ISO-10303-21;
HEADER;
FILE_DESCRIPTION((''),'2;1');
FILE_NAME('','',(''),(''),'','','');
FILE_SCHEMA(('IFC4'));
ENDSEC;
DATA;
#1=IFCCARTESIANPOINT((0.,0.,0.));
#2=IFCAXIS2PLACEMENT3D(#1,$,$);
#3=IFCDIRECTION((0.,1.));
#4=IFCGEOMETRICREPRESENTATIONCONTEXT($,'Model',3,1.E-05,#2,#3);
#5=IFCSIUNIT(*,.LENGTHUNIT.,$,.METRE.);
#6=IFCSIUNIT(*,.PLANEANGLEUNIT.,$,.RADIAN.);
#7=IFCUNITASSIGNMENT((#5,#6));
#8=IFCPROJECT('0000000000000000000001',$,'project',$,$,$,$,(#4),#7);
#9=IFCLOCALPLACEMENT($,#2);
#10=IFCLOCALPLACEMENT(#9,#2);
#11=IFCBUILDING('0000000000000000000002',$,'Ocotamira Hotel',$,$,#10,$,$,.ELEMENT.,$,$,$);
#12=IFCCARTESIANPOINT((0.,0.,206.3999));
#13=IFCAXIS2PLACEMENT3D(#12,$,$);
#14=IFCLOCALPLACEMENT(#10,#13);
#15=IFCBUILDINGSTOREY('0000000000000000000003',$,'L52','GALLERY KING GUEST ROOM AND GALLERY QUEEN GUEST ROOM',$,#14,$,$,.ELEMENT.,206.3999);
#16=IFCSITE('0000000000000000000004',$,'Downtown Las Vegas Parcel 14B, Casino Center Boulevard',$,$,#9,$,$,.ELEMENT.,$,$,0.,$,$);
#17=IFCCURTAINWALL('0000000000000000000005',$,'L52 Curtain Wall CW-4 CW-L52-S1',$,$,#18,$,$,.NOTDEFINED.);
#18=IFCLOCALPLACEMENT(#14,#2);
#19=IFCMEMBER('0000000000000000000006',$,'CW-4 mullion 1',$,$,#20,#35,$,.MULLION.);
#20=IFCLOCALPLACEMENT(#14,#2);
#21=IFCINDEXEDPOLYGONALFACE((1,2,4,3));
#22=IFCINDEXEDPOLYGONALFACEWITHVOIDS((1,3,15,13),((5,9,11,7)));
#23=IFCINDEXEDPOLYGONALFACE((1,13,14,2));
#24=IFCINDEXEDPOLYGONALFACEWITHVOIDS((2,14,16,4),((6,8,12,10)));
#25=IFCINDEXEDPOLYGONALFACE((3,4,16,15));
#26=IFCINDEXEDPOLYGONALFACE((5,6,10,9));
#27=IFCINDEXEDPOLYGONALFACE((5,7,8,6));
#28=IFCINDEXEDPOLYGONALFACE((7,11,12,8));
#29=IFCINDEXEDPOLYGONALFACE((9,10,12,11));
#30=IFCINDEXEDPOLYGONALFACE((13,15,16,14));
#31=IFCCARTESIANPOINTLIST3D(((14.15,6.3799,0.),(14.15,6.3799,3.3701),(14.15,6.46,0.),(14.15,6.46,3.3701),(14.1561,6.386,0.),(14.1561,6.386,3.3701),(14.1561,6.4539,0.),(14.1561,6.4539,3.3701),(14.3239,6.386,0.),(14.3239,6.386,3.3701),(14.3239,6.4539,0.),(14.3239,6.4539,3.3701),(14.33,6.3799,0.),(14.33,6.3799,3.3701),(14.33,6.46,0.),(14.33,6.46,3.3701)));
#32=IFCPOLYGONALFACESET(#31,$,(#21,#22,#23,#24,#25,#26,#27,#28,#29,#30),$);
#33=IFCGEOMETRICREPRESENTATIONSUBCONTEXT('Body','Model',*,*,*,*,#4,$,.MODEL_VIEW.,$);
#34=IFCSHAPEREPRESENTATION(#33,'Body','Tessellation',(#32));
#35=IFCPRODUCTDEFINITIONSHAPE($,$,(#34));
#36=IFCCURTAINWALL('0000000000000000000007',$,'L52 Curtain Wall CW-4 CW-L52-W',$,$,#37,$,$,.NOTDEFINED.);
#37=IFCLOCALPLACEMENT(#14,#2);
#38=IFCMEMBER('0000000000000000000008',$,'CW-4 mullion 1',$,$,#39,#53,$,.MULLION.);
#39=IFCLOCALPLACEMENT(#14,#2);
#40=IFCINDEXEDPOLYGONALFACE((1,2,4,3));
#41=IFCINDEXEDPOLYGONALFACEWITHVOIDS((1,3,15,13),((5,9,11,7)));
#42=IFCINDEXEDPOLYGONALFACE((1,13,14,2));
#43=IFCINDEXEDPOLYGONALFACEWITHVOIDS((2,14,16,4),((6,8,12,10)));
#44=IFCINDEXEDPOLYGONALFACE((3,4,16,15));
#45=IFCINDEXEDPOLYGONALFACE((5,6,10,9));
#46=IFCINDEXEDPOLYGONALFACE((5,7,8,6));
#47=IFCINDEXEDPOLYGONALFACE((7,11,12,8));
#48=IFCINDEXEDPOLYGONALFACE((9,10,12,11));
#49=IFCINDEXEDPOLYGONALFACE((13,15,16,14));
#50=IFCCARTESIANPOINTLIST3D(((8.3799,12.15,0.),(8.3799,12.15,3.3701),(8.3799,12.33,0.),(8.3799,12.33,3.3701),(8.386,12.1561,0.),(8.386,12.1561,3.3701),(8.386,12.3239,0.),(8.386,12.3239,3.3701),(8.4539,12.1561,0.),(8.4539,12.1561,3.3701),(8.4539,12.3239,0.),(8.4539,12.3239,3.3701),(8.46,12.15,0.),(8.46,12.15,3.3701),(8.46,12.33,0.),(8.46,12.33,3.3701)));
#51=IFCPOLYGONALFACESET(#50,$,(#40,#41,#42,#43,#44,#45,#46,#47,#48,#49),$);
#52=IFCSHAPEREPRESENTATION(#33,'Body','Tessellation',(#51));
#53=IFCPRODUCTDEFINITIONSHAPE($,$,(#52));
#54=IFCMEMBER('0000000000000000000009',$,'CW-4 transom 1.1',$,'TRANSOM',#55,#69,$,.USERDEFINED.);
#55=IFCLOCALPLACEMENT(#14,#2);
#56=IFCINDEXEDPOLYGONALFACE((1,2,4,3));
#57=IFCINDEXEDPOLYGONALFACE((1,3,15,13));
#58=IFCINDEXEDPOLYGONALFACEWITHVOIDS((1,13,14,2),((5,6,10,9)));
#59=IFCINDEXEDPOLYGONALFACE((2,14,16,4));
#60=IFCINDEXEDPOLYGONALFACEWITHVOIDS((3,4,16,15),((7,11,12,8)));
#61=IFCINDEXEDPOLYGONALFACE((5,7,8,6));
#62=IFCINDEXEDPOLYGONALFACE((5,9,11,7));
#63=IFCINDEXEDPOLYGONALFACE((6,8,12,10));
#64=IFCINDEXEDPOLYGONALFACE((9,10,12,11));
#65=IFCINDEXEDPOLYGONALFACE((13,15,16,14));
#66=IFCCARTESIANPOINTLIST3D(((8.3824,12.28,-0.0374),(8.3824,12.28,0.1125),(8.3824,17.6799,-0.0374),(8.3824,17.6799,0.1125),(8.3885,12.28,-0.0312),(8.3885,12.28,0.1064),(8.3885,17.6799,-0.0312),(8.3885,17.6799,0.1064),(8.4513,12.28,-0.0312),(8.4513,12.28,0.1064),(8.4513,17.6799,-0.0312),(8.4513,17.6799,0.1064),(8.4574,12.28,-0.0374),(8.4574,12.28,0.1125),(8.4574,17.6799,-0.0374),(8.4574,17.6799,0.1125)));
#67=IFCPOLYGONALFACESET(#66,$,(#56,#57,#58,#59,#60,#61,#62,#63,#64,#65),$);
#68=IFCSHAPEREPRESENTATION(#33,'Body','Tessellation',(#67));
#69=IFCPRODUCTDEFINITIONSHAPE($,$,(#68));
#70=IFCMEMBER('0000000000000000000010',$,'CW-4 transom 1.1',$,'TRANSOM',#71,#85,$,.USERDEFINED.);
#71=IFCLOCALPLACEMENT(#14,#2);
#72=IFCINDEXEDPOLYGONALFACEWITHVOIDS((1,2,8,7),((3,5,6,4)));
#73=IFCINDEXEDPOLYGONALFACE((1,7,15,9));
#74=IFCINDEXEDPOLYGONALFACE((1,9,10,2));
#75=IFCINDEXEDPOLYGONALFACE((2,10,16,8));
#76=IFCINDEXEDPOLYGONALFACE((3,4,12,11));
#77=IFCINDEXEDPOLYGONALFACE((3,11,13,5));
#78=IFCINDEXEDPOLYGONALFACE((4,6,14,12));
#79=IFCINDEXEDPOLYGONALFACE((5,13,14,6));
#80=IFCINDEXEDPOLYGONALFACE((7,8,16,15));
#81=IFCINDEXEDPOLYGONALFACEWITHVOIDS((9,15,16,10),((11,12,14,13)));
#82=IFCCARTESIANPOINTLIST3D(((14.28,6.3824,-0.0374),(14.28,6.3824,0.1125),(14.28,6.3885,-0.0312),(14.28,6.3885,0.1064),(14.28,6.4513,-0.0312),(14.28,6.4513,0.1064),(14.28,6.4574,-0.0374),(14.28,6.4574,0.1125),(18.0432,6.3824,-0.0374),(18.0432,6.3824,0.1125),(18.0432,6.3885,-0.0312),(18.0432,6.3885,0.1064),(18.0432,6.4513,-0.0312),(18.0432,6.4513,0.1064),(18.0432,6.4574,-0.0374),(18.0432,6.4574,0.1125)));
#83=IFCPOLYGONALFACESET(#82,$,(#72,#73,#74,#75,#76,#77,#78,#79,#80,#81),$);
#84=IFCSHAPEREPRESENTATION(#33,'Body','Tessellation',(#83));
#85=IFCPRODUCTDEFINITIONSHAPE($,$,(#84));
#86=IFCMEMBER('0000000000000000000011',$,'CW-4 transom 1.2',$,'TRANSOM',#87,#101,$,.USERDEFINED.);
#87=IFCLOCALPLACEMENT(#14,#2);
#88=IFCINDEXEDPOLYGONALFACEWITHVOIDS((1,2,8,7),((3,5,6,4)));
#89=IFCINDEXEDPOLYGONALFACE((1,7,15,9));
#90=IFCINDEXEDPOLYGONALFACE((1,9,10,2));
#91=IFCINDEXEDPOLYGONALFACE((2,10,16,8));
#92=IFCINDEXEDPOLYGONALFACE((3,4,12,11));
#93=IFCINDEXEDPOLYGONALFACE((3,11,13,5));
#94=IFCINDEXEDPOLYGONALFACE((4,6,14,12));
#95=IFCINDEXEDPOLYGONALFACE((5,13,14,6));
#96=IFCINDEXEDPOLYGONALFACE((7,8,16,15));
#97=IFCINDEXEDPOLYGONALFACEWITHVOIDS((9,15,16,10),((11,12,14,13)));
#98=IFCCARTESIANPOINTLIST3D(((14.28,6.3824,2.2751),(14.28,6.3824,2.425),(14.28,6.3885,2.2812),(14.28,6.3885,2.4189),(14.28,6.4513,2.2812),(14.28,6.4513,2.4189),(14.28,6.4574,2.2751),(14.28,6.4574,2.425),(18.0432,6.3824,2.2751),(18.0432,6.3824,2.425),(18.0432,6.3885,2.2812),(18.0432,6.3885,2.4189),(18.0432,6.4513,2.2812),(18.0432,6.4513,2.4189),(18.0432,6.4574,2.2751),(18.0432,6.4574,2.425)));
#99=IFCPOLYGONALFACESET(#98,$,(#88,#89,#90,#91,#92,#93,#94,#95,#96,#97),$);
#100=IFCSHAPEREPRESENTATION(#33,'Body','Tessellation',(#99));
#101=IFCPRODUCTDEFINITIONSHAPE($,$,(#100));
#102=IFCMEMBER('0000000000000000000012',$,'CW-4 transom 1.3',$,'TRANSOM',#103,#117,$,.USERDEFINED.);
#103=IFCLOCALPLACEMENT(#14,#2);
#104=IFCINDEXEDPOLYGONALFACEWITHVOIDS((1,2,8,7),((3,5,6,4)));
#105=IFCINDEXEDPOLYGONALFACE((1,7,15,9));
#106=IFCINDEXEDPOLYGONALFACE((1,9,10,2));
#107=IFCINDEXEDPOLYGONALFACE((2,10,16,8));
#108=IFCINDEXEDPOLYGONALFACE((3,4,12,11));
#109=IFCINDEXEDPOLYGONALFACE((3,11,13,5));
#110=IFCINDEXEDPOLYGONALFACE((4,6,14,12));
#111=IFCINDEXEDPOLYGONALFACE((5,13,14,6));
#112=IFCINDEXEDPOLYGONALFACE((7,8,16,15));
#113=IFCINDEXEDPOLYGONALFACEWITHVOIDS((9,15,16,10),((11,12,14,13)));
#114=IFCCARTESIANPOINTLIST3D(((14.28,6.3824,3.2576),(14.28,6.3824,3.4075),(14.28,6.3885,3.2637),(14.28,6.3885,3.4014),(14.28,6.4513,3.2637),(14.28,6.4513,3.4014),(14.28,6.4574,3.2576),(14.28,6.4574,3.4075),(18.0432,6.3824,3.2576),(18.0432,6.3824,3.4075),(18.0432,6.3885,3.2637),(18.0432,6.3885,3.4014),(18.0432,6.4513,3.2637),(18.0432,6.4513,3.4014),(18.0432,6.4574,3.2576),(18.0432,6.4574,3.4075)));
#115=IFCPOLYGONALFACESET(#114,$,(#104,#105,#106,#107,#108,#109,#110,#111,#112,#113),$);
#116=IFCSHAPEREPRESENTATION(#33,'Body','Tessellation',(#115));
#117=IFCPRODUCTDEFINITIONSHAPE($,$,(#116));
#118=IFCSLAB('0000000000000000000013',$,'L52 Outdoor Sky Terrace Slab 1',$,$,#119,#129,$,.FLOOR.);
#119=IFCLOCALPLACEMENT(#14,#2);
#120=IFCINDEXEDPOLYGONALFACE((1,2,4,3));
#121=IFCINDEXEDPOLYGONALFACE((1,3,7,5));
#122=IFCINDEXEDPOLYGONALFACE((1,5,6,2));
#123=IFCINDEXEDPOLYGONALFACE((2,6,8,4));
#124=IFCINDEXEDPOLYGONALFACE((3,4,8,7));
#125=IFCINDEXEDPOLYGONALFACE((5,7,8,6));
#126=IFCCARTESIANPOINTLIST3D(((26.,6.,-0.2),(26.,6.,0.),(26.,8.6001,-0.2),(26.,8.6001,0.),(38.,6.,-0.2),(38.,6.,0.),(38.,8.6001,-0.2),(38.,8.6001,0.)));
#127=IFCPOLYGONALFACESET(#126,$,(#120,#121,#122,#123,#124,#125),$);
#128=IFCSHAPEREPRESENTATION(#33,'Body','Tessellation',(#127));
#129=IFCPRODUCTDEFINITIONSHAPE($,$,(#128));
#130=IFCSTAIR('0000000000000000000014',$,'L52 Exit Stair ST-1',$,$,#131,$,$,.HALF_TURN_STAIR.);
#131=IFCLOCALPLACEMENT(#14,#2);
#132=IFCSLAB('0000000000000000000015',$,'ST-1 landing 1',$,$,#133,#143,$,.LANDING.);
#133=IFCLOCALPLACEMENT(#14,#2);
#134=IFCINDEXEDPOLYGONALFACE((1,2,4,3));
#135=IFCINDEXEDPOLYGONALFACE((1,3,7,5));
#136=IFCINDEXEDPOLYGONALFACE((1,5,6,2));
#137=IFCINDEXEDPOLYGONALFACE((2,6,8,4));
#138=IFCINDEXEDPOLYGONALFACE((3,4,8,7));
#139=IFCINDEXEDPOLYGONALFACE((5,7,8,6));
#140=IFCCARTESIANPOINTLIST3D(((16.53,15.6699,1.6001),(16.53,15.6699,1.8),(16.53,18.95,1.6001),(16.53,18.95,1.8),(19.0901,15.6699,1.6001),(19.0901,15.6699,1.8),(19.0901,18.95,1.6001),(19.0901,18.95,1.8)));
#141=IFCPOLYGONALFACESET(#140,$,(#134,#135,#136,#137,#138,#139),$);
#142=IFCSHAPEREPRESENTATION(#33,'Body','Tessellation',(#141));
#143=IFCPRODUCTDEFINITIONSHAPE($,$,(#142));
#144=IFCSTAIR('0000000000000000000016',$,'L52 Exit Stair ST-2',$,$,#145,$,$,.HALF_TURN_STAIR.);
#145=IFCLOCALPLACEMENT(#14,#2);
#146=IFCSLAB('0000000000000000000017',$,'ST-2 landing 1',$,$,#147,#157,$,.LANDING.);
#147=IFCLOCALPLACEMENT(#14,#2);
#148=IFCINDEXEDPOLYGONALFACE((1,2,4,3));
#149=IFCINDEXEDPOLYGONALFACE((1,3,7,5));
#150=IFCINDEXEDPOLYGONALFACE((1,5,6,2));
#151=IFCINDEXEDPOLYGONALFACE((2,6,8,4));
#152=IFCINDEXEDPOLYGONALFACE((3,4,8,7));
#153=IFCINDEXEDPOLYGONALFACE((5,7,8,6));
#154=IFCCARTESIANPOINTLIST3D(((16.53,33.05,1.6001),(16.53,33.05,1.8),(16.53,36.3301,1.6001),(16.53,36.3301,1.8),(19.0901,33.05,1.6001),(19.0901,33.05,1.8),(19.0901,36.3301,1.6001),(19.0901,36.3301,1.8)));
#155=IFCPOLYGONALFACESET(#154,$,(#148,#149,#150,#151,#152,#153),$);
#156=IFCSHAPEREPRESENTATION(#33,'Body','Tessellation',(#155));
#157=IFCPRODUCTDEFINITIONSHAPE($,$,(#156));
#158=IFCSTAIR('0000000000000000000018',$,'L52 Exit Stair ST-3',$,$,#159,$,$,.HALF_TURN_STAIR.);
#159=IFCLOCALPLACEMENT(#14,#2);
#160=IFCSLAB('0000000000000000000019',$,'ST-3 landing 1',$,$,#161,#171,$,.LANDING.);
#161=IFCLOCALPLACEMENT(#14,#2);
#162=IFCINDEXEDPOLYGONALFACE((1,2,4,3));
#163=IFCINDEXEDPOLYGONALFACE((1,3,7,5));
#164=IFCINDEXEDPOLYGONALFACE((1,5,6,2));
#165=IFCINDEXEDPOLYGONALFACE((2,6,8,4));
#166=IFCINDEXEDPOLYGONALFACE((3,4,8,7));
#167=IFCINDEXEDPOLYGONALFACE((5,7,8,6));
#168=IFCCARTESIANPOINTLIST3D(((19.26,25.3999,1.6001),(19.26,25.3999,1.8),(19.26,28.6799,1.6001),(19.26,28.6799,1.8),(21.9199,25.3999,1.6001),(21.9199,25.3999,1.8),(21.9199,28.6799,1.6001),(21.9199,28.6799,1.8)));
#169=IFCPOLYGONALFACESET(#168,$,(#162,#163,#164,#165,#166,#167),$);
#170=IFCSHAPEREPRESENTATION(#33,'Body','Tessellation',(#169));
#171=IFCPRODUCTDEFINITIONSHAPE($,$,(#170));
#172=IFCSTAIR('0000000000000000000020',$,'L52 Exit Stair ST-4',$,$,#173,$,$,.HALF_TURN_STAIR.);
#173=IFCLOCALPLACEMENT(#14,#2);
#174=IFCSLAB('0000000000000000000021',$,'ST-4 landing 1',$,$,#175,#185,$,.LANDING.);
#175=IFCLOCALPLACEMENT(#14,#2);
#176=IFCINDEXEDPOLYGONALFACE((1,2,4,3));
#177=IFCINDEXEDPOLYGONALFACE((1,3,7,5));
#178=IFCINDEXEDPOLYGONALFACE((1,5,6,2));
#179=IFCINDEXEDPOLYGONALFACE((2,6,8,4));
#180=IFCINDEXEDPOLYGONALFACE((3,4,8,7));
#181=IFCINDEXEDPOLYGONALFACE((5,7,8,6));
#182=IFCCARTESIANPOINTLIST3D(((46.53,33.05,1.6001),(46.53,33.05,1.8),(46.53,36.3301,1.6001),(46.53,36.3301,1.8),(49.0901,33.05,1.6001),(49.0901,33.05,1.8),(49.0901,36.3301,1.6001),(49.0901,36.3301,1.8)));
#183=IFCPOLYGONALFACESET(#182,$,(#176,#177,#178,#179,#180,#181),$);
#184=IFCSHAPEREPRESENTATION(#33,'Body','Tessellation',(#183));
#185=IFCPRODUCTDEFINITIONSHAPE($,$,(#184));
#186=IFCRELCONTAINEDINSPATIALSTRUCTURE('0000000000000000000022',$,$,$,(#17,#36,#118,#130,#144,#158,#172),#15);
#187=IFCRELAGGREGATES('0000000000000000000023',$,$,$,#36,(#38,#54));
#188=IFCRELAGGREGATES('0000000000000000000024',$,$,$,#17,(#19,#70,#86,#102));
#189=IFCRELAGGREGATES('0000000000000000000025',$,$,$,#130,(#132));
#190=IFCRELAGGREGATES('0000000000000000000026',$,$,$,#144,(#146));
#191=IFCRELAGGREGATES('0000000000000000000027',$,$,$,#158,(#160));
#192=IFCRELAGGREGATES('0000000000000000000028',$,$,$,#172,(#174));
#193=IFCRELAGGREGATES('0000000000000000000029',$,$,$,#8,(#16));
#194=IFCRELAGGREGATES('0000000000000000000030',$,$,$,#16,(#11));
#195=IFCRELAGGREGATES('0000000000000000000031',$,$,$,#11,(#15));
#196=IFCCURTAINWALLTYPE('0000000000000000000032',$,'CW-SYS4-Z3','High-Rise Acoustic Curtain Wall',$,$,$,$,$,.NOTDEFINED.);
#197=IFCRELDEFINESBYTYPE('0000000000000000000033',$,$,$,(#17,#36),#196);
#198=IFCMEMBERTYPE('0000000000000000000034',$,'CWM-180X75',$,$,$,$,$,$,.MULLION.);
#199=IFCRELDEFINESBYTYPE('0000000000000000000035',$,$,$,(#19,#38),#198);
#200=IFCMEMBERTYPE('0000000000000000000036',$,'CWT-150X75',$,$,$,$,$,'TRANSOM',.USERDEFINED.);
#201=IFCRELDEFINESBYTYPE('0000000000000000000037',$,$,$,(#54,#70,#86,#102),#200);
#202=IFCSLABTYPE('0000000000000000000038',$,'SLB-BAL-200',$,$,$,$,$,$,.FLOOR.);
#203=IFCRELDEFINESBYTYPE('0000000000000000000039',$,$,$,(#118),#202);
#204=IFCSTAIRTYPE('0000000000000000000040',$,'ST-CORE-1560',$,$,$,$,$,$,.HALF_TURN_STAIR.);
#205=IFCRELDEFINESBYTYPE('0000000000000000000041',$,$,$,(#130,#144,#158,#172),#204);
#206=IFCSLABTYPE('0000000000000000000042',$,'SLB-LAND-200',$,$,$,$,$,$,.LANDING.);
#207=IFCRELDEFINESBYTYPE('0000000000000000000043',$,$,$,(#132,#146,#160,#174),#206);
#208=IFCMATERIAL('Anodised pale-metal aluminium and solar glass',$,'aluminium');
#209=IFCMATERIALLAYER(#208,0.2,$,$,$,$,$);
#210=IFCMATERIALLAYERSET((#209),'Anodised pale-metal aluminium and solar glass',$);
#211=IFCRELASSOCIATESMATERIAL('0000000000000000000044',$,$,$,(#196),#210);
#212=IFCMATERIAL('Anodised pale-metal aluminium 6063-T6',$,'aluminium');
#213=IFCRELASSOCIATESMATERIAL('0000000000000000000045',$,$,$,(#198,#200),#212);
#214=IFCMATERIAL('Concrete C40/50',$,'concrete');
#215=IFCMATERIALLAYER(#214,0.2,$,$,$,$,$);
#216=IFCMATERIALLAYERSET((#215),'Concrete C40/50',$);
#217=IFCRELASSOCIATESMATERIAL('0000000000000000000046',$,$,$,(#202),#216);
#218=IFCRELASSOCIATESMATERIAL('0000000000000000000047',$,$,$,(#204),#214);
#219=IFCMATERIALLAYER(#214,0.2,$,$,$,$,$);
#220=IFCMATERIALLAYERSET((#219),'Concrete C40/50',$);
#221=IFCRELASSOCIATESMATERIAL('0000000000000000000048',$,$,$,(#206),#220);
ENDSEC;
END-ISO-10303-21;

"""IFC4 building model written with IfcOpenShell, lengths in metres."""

from ifc_helpers import new_model, si_unit, direction, frame, origin, origin_2d, place, context, subcontext, project, spatial, polyline, hollow_rectangle, outline, extrude, source, transform, mapped, material, layer, layer_set, material_profile, profile_set, type_object, element, aggregate, save


model = new_model("IFC4")

# Units and contexts
model_context = context("Model", 3, precision=1e-05, world=origin(), true_north=direction((0.0, 1.0)))
body_context = subcontext(model_context, "Body", "Model", "MODEL_VIEW")
ifc_project = project(units=[si_unit("LENGTHUNIT", "METRE"), si_unit("PLANEANGLEUNIT", "RADIAN")], contexts=[model_context])

# Site, building, storey
site_placement = place(None, origin())
site = spatial("IfcSite", under=ifc_project, at=site_placement, Name="Downtown Las Vegas Parcel 14B, Casino Center Boulevard", CompositionType="ELEMENT", RefElevation=0.0)
building_placement = place(site_placement, origin())
building = spatial("IfcBuilding", under=site, at=building_placement, Name="Ocotamira Hotel", CompositionType="ELEMENT")
storey_placement = place(building_placement, frame((0.0, 0.0, 206.3999)))
storey = spatial("IfcBuildingStorey", under=building, at=storey_placement, Name="L52", Description="GALLERY KING GUEST ROOM AND GALLERY QUEEN GUEST ROOM", CompositionType="ELEMENT", Elevation=206.3999)

# Curtain wall, member
ifc_material_1 = material(Name="Anodised pale-metal aluminium and solar glass", Category="aluminium")
ifc_layer_1 = layer(ifc_material_1, 0.2)
ifc_layer_set_1 = layer_set([ifc_layer_1], Name="Anodised pale-metal aluminium and solar glass")
curtain_wall_type = type_object("IfcCurtainWallType", Name="CW-SYS4-Z3", Description="High-Rise Acoustic Curtain Wall", PredefinedType="NOTDEFINED", material=ifc_layer_set_1)
curtain_wall_1_placement = place(storey_placement, origin())
curtain_wall_1 = element("IfcCurtainWall", 1, at=curtain_wall_1_placement, inside=storey, type_object=curtain_wall_type, Name="L52 Curtain Wall CW-4 CW-L52-S1", PredefinedType="NOTDEFINED")
ifc_material_2 = material(Name="Anodised pale-metal aluminium 6063-T6", Category="aluminium")
ifc_material_profile_1 = material_profile(ifc_material_2, hollow_rectangle(XDim=0.0801, YDim=0.1799, WallThickness=0.0061, at=origin_2d()), Name="HSS180X80X6")
ifc_profile_set_1 = profile_set([ifc_material_profile_1], Name="Anodised pale-metal aluminium 6063-T6")
member_type_1 = type_object("IfcMemberType", Name="CWM-180X75", PredefinedType="MULLION", material=ifc_profile_set_1)
shared_shape_1 = source(origin(), body_context, "Body", "SweptSolid", [
    extrude(hollow_rectangle(XDim=0.0801, YDim=0.1799, WallThickness=0.0061, at=origin_2d()), origin(), (0.0, 0.0, 1.0), 3.3701),
])
member_1_placement = place(storey_placement, frame((14.24, 6.4199, 0.0), z_axis=(0.0, 0.0, 1.0), x_axis=(0.0, 1.0, 0.0)))
member_1 = element("IfcMember", 2, at=member_1_placement, type_object=member_type_1, Name="CW-4 mullion 1", PredefinedType="MULLION", context=body_context, shape_type="MappedRepresentation", body=[
    mapped(shared_shape_1, transform((0.0, 0.0, 0.0), scale=1.0)),
])

# Curtain wall, members
curtain_wall_2_placement = place(storey_placement, origin())
curtain_wall_2 = element("IfcCurtainWall", 3, at=curtain_wall_2_placement, inside=storey, type_object=curtain_wall_type, Name="L52 Curtain Wall CW-4 CW-L52-W", PredefinedType="NOTDEFINED")
member_2_placement = place(storey_placement, frame((8.4199, 12.24, 0.0), z_axis=(0.0, 0.0, 1.0), x_axis=(-1.0, 0.0, 0.0)))
member_2 = element("IfcMember", 4, at=member_2_placement, type_object=member_type_1, Name="CW-4 mullion 1", PredefinedType="MULLION", context=body_context, shape_type="MappedRepresentation", body=[
    mapped(shared_shape_1, transform((0.0, 0.0, 0.0), scale=1.0)),
])
ifc_material_profile_2 = material_profile(ifc_material_2, hollow_rectangle(XDim=0.075, YDim=0.1499, WallThickness=0.0061, at=origin_2d()), Name="HSS150X75X6")
ifc_profile_set_2 = profile_set([ifc_material_profile_2], Name="Anodised pale-metal aluminium 6063-T6")
member_type_2 = type_object("IfcMemberType", Name="CWT-150X75", ElementType="TRANSOM", PredefinedType="USERDEFINED", material=ifc_profile_set_2)
shared_shape_2 = source(origin(), body_context, "Body", "SweptSolid", [
    extrude(hollow_rectangle(XDim=0.075, YDim=0.1499, WallThickness=0.0061, at=origin_2d()), origin(), (0.0, 0.0, 1.0), 5.3999),
])
member_3_placement = place(storey_placement, frame((8.4199, 12.28, 0.0376), z_axis=(0.0, 1.0, 0.0), x_axis=(-1.0, 0.0, 0.0)))
member_3 = element("IfcMember", 5, at=member_3_placement, type_object=member_type_2, Name="CW-4 transom 1.1", ObjectType="TRANSOM", PredefinedType="USERDEFINED", context=body_context, shape_type="MappedRepresentation", body=[
    mapped(shared_shape_2, transform((0.0, 0.0, 0.0), scale=1.0)),
])
aggregate(curtain_wall_2, [member_2, member_3])

# Members
shared_shape_3 = source(origin(), body_context, "Body", "SweptSolid", [
    extrude(hollow_rectangle(XDim=0.075, YDim=0.1499, WallThickness=0.0061, at=origin_2d()), origin(), (0.0, 0.0, 1.0), 3.7632),
])
member_4_placement = place(storey_placement, frame((14.28, 6.4199, 0.0376), z_axis=(1.0, 0.0, 0.0), x_axis=(0.0, 1.0, 0.0)))
member_4 = element("IfcMember", 6, at=member_4_placement, type_object=member_type_2, Name="CW-4 transom 1.1", ObjectType="TRANSOM", PredefinedType="USERDEFINED", context=body_context, shape_type="MappedRepresentation", body=[
    mapped(shared_shape_3, transform((0.0, 0.0, 0.0), scale=1.0)),
])
member_5_placement = place(storey_placement, frame((14.28, 6.4199, 2.3501), z_axis=(1.0, 0.0, 0.0), x_axis=(0.0, 1.0, 0.0)))
member_5 = element("IfcMember", 7, at=member_5_placement, type_object=member_type_2, Name="CW-4 transom 1.2", ObjectType="TRANSOM", PredefinedType="USERDEFINED", context=body_context, shape_type="MappedRepresentation", body=[
    mapped(shared_shape_3, transform((0.0, 0.0, 0.0), scale=1.0)),
])
member_6_placement = place(storey_placement, frame((14.28, 6.4199, 3.3325), z_axis=(1.0, 0.0, 0.0), x_axis=(0.0, 1.0, 0.0)))
member_6 = element("IfcMember", 8, at=member_6_placement, type_object=member_type_2, Name="CW-4 transom 1.3", ObjectType="TRANSOM", PredefinedType="USERDEFINED", context=body_context, shape_type="MappedRepresentation", body=[
    mapped(shared_shape_3, transform((0.0, 0.0, 0.0), scale=1.0)),
])
aggregate(curtain_wall_1, [member_1, member_4, member_5, member_6])

# Slab
ifc_material_3 = material(Name="Concrete C40/50", Category="concrete")
ifc_layer_2 = layer(ifc_material_3, 0.2)
ifc_layer_set_2 = layer_set([ifc_layer_2], Name="Concrete C40/50")
slab_type_1 = type_object("IfcSlabType", Name="SLB-BAL-200", PredefinedType="FLOOR", material=ifc_layer_set_2)
slab_1_placement = place(storey_placement, frame((0.0, 0.0, -0.2)))
element("IfcSlab", 9, at=slab_1_placement, inside=storey, type_object=slab_type_1, Name="L52 Outdoor Sky Terrace Slab 1", PredefinedType="FLOOR", context=body_context, shape_type="SweptSolid", body=[
    extrude(outline(polyline([(26.0, 6.0), (38.0, 6.0), (38.0, 8.6001), (26.0, 8.6001), (26.0, 6.0)])), origin(), (0.0, 0.0, 1.0), 0.2),
])

# Stairs, slabs
stair_type = type_object("IfcStairType", Name="ST-CORE-1560", PredefinedType="HALF_TURN_STAIR", material=ifc_material_3)
stair_1_placement = place(storey_placement, origin())
stair_1 = element("IfcStair", 10, at=stair_1_placement, inside=storey, type_object=stair_type, Name="L52 Exit Stair ST-1", PredefinedType="HALF_TURN_STAIR")
ifc_layer_3 = layer(ifc_material_3, 0.2)
ifc_layer_set_3 = layer_set([ifc_layer_3], Name="Concrete C40/50")
slab_type_2 = type_object("IfcSlabType", Name="SLB-LAND-200", PredefinedType="LANDING", material=ifc_layer_set_3)
slab_2_placement = place(storey_placement, frame((0.0, 0.0, 1.6001)))
slab_2 = element("IfcSlab", 11, at=slab_2_placement, type_object=slab_type_2, Name="ST-1 landing 1", PredefinedType="LANDING", context=body_context, shape_type="SweptSolid", body=[
    extrude(outline(polyline([(16.53, 15.6699), (19.0901, 15.6699), (19.0901, 18.95), (16.53, 18.95), (16.53, 15.6699)])), origin(), (0.0, 0.0, 1.0), 0.2),
])
aggregate(stair_1, [slab_2])
stair_2_placement = place(storey_placement, origin())
stair_2 = element("IfcStair", 12, at=stair_2_placement, inside=storey, type_object=stair_type, Name="L52 Exit Stair ST-2", PredefinedType="HALF_TURN_STAIR")
slab_3_placement = place(storey_placement, frame((0.0, 0.0, 1.6001)))
slab_3 = element("IfcSlab", 13, at=slab_3_placement, type_object=slab_type_2, Name="ST-2 landing 1", PredefinedType="LANDING", context=body_context, shape_type="SweptSolid", body=[
    extrude(outline(polyline([(16.53, 33.05), (19.0901, 33.05), (19.0901, 36.3301), (16.53, 36.3301), (16.53, 33.05)])), origin(), (0.0, 0.0, 1.0), 0.2),
])
aggregate(stair_2, [slab_3])
stair_3_placement = place(storey_placement, origin())
stair_3 = element("IfcStair", 14, at=stair_3_placement, inside=storey, type_object=stair_type, Name="L52 Exit Stair ST-3", PredefinedType="HALF_TURN_STAIR")
slab_4_placement = place(storey_placement, frame((0.0, 0.0, 1.6001)))
slab_4 = element("IfcSlab", 15, at=slab_4_placement, type_object=slab_type_2, Name="ST-3 landing 1", PredefinedType="LANDING", context=body_context, shape_type="SweptSolid", body=[
    extrude(outline(polyline([(19.26, 25.3999), (21.9199, 25.3999), (21.9199, 28.6799), (19.26, 28.6799), (19.26, 25.3999)])), origin(), (0.0, 0.0, 1.0), 0.2),
])
aggregate(stair_3, [slab_4])
stair_4_placement = place(storey_placement, origin())
stair_4 = element("IfcStair", 16, at=stair_4_placement, inside=storey, type_object=stair_type, Name="L52 Exit Stair ST-4", PredefinedType="HALF_TURN_STAIR")
slab_5_placement = place(storey_placement, frame((0.0, 0.0, 1.6001)))
slab_5 = element("IfcSlab", 17, at=slab_5_placement, type_object=slab_type_2, Name="ST-4 landing 1", PredefinedType="LANDING", context=body_context, shape_type="SweptSolid", body=[
    extrude(outline(polyline([(46.53, 33.05), (49.0901, 33.05), (49.0901, 36.3301), (46.53, 36.3301), (46.53, 33.05)])), origin(), (0.0, 0.0, 1.0), 0.2),
])
aggregate(stair_4, [slab_5])

save(model, "model.ifc")
